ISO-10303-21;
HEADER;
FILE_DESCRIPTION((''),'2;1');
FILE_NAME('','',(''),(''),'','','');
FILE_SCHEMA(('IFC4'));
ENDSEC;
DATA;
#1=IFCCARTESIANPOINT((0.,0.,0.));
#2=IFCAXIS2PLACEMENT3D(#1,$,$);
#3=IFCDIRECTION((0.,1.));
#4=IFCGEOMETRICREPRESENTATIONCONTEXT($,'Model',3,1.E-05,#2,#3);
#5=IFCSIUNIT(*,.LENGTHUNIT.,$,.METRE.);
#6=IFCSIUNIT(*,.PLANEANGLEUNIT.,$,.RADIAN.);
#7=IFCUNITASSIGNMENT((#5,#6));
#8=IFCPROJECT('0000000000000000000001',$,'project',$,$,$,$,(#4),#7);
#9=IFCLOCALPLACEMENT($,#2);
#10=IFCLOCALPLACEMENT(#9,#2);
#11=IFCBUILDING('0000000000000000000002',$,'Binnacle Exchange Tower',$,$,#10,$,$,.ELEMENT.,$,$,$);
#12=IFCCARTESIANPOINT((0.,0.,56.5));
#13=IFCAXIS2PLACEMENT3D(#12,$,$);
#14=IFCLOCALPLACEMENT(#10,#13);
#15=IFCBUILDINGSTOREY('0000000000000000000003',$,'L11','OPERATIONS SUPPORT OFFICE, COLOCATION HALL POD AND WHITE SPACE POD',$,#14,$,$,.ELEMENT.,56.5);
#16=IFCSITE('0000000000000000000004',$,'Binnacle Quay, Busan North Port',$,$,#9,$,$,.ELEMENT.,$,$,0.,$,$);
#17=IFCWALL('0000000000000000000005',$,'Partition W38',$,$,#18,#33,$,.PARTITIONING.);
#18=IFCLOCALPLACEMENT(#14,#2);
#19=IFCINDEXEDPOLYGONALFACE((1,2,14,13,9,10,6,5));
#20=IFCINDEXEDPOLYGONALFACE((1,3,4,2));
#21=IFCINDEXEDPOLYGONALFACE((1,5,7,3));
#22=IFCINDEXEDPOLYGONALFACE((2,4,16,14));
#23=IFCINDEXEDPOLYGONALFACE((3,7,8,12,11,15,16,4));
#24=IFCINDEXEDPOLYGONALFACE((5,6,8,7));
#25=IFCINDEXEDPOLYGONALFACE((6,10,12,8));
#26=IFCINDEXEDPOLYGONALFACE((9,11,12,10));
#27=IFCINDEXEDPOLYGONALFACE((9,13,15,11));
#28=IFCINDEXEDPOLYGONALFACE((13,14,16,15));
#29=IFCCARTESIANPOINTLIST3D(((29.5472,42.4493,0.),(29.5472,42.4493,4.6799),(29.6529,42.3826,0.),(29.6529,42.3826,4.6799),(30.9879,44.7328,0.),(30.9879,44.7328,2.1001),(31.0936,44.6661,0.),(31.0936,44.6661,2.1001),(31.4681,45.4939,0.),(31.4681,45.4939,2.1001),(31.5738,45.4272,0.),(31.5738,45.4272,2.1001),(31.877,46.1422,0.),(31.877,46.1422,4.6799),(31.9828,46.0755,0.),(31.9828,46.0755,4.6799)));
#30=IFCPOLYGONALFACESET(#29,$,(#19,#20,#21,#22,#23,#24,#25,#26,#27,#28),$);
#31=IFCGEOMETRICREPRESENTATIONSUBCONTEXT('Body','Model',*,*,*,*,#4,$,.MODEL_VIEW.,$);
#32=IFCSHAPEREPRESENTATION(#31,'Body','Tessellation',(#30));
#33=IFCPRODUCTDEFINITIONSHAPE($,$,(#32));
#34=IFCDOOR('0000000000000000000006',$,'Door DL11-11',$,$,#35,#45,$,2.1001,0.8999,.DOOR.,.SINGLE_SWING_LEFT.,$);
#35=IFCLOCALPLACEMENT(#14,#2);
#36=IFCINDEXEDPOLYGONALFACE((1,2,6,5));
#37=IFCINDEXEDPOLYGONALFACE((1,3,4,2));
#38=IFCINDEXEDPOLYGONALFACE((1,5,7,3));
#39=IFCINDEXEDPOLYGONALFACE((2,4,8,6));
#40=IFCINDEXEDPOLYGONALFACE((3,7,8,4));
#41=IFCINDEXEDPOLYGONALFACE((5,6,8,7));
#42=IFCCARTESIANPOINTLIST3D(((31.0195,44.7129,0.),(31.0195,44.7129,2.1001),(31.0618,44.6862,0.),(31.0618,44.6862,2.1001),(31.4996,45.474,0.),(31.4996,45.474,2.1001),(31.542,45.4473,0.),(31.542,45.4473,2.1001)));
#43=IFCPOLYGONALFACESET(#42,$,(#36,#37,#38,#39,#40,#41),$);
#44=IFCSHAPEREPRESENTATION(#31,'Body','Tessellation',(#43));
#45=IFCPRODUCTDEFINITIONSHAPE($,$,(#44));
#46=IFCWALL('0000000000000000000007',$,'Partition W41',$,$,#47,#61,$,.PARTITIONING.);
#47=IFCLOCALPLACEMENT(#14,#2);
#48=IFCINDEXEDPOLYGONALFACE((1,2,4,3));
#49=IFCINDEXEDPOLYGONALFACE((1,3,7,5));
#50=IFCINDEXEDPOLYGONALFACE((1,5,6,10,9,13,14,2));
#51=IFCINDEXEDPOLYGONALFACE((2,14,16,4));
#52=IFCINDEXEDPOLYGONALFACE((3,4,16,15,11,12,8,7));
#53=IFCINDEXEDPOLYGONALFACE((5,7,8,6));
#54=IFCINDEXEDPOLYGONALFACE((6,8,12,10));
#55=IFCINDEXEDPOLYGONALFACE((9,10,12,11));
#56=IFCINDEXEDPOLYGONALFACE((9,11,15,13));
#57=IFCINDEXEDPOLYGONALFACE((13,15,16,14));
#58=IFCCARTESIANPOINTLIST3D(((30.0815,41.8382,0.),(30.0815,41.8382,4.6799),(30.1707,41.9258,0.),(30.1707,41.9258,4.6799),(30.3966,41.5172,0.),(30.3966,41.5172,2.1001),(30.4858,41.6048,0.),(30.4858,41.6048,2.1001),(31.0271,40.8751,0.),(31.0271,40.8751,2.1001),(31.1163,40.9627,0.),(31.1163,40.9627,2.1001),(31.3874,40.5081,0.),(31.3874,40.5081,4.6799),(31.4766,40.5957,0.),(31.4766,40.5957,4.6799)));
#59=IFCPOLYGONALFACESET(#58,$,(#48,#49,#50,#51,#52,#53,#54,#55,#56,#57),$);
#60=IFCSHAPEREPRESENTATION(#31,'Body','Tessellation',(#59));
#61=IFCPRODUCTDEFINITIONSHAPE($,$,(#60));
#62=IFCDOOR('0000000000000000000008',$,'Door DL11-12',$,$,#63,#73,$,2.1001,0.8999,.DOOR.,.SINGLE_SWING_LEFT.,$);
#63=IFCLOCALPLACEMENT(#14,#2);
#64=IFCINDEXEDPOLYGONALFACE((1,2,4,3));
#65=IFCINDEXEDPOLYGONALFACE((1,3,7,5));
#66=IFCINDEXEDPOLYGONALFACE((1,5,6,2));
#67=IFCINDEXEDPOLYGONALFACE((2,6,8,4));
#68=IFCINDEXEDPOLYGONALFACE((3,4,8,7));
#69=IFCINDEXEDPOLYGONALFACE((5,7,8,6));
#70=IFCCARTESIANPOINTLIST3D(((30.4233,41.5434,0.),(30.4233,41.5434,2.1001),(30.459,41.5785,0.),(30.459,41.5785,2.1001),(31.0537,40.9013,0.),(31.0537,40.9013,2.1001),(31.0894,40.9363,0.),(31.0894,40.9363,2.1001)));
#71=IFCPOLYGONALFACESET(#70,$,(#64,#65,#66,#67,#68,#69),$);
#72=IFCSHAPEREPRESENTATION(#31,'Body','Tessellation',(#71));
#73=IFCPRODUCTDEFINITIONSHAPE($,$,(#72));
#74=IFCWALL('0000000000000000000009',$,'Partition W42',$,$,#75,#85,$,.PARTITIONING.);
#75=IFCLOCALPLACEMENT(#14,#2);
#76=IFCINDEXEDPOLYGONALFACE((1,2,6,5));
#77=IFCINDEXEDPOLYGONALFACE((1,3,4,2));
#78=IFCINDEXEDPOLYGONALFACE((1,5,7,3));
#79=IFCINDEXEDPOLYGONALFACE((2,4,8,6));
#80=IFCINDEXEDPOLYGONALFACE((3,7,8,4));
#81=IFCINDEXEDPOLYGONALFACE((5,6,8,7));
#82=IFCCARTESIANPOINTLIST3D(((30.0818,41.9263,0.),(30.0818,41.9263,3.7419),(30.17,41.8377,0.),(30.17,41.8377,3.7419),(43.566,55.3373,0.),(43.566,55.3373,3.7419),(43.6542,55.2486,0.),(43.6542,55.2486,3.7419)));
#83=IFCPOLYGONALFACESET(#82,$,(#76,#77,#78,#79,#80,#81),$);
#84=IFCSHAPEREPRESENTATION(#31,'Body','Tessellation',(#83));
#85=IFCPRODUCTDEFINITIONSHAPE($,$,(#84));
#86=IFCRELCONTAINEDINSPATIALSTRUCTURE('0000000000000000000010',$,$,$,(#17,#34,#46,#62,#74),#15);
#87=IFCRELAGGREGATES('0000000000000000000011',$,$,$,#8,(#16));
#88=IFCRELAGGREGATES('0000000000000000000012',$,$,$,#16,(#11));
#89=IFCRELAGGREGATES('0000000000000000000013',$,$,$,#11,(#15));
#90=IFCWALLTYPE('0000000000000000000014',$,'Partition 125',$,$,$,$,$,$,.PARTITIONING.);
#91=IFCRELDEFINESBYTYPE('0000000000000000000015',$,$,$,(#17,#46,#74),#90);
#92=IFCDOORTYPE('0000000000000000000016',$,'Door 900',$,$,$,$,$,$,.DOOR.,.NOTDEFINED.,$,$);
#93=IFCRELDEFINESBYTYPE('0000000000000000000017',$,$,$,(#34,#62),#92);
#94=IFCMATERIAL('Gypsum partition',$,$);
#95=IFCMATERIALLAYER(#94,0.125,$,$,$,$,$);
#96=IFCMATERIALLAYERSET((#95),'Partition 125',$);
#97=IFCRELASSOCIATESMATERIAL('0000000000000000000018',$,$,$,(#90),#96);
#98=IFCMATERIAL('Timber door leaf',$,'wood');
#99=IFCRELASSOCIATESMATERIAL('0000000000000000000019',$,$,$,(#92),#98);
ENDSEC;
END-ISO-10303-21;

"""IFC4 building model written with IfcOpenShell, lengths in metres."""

from ifc_helpers import new_model, si_unit, direction, frame, frame_2d, origin, place, context, subcontext, project, spatial, rectangle, extrude, material, layer, layer_set, type_object, element, fill, save


model = new_model("IFC4")

# Units and contexts
model_context = context("Model", 3, precision=1e-05, world=origin(), true_north=direction((0.0, 1.0)))
body_context = subcontext(model_context, "Body", "Model", "MODEL_VIEW")
ifc_project = project(units=[si_unit("LENGTHUNIT", "METRE"), si_unit("PLANEANGLEUNIT", "RADIAN")], contexts=[model_context])

# Site, building, storey
site_placement = place(None, origin())
site = spatial("IfcSite", under=ifc_project, at=site_placement, Name="Binnacle Quay, Busan North Port", CompositionType="ELEMENT", RefElevation=0.0)
building_placement = place(site_placement, origin())
building = spatial("IfcBuilding", under=site, at=building_placement, Name="Binnacle Exchange Tower", CompositionType="ELEMENT")
storey_placement = place(building_placement, frame((0.0, 0.0, 56.5)))
storey = spatial("IfcBuildingStorey", under=building, at=storey_placement, Name="L11", Description="OPERATIONS SUPPORT OFFICE, COLOCATION HALL POD AND WHITE SPACE POD", CompositionType="ELEMENT", Elevation=56.5)

# Shared definitions
ifc_material_1 = material(Name="Gypsum partition")
ifc_layer_1 = layer(ifc_material_1, 0.125)
ifc_layer_set_1 = layer_set([ifc_layer_1], Name="Partition 125")
wall_type_1 = type_object("IfcWallType", Name="Partition 125", PredefinedType="PARTITIONING", material=ifc_layer_set_1)

# Walls, openings, doors
wall_1_placement = place(storey_placement, frame((29.6001, 42.416, 0.0), z_axis=(0.0, 0.0, 1.0), x_axis=(0.533583, 0.845748, 0.0)))
wall_1 = element("IfcWall", 1, at=wall_1_placement, inside=storey, type_object=wall_type_1, Name="Partition W38", PredefinedType="PARTITIONING", context=body_context, shape_type="SweptSolid", body=[
    extrude(rectangle(XDim=4.3665, YDim=0.125, at=frame_2d((2.1831, 0.0))), origin(), (0.0, 0.0, 1.0), 4.6799),
])
opening_1_placement = place(wall_1_placement, frame((2.7, 0.0, 0.0)))
opening_1 = element("IfcOpeningElement", 2, at=opening_1_placement, cuts=wall_1, PredefinedType="OPENING", context=body_context, shape_type="SweptSolid", body=[
    extrude(rectangle(XDim=0.8999, YDim=2.1001, at=frame_2d((0.45, 1.05))), frame((0.0, 0.0725, 0.0), z_axis=(0.0, -1.0, 0.0), x_axis=(1.0, 0.0, 0.0)), (0.0, 0.0, 1.0), 0.145),
])
ifc_material_2 = material(Name="Timber door leaf", Category="wood")
door_type_1 = type_object("IfcDoorType", Name="Door 900", OperationType="NOTDEFINED", PredefinedType="DOOR", material=ifc_material_2)
door_1_placement = place(opening_1_placement, frame((0.8999, 0.0, 0.0), z_axis=(0.0, 0.0, 1.0), x_axis=(-1.0, 0.0, 0.0)))
door_1 = element("IfcDoor", 3, at=door_1_placement, inside=storey, type_object=door_type_1, Name="Door DL11-11", OperationType="SINGLE_SWING_LEFT", OverallHeight=2.1001, OverallWidth=0.8999, PredefinedType="DOOR", context=body_context, shape_type="SweptSolid", body=[
    extrude(rectangle(XDim=0.8999, YDim=2.1001, at=frame_2d((0.45, 1.05))), frame((0.0, 0.0249, 0.0), z_axis=(0.0, -1.0, 0.0), x_axis=(1.0, 0.0, 0.0)), (0.0, 0.0, 1.0), 0.05),
])
fill(opening_1, door_1)
wall_2_placement = place(storey_placement, frame((30.126, 41.8821, 0.0), z_axis=(0.0, 0.0, 1.0), x_axis=(0.700594, -0.71356, 0.0)))
wall_2 = element("IfcWall", 4, at=wall_2_placement, inside=storey, type_object=wall_type_1, Name="Partition W41", PredefinedType="PARTITIONING", context=body_context, shape_type="SweptSolid", body=[
    extrude(rectangle(XDim=1.864, YDim=0.125, at=frame_2d((0.9321, 0.0))), origin(), (0.0, 0.0, 1.0), 4.6799),
])
opening_2_placement = place(wall_2_placement, frame((0.45, 0.0, 0.0)))
opening_2 = element("IfcOpeningElement", 5, at=opening_2_placement, cuts=wall_2, PredefinedType="OPENING", context=body_context, shape_type="SweptSolid", body=[
    extrude(rectangle(XDim=0.8999, YDim=2.1001, at=frame_2d((0.45, 1.05))), frame((0.0, 0.0725, 0.0), z_axis=(0.0, -1.0, 0.0), x_axis=(1.0, 0.0, 0.0)), (0.0, 0.0, 1.0), 0.145),
])
door_2_placement = place(opening_2_placement, origin())
door_2 = element("IfcDoor", 6, at=door_2_placement, inside=storey, type_object=door_type_1, Name="Door DL11-12", OperationType="SINGLE_SWING_LEFT", OverallHeight=2.1001, OverallWidth=0.8999, PredefinedType="DOOR", context=body_context, shape_type="SweptSolid", body=[
    extrude(rectangle(XDim=0.8999, YDim=2.1001, at=frame_2d((0.45, 1.05))), frame((0.0, 0.0249, 0.0), z_axis=(0.0, -1.0, 0.0), x_axis=(1.0, 0.0, 0.0)), (0.0, 0.0, 1.0), 0.05),
])
fill(opening_2, door_2)

# Wall
wall_3_placement = place(storey_placement, frame((30.126, 41.8821, 0.0), z_axis=(0.0, 0.0, 1.0), x_axis=(0.70903, 0.705179, 0.0)))
element("IfcWall", 7, at=wall_3_placement, inside=storey, type_object=wall_type_1, Name="Partition W42", PredefinedType="PARTITIONING", context=body_context, shape_type="SweptSolid", body=[
    extrude(rectangle(XDim=19.0178, YDim=0.125, at=frame_2d((9.5088, 0.0))), origin(), (0.0, 0.0, 1.0), 3.7419),
])

save(model, "model.ifc")
